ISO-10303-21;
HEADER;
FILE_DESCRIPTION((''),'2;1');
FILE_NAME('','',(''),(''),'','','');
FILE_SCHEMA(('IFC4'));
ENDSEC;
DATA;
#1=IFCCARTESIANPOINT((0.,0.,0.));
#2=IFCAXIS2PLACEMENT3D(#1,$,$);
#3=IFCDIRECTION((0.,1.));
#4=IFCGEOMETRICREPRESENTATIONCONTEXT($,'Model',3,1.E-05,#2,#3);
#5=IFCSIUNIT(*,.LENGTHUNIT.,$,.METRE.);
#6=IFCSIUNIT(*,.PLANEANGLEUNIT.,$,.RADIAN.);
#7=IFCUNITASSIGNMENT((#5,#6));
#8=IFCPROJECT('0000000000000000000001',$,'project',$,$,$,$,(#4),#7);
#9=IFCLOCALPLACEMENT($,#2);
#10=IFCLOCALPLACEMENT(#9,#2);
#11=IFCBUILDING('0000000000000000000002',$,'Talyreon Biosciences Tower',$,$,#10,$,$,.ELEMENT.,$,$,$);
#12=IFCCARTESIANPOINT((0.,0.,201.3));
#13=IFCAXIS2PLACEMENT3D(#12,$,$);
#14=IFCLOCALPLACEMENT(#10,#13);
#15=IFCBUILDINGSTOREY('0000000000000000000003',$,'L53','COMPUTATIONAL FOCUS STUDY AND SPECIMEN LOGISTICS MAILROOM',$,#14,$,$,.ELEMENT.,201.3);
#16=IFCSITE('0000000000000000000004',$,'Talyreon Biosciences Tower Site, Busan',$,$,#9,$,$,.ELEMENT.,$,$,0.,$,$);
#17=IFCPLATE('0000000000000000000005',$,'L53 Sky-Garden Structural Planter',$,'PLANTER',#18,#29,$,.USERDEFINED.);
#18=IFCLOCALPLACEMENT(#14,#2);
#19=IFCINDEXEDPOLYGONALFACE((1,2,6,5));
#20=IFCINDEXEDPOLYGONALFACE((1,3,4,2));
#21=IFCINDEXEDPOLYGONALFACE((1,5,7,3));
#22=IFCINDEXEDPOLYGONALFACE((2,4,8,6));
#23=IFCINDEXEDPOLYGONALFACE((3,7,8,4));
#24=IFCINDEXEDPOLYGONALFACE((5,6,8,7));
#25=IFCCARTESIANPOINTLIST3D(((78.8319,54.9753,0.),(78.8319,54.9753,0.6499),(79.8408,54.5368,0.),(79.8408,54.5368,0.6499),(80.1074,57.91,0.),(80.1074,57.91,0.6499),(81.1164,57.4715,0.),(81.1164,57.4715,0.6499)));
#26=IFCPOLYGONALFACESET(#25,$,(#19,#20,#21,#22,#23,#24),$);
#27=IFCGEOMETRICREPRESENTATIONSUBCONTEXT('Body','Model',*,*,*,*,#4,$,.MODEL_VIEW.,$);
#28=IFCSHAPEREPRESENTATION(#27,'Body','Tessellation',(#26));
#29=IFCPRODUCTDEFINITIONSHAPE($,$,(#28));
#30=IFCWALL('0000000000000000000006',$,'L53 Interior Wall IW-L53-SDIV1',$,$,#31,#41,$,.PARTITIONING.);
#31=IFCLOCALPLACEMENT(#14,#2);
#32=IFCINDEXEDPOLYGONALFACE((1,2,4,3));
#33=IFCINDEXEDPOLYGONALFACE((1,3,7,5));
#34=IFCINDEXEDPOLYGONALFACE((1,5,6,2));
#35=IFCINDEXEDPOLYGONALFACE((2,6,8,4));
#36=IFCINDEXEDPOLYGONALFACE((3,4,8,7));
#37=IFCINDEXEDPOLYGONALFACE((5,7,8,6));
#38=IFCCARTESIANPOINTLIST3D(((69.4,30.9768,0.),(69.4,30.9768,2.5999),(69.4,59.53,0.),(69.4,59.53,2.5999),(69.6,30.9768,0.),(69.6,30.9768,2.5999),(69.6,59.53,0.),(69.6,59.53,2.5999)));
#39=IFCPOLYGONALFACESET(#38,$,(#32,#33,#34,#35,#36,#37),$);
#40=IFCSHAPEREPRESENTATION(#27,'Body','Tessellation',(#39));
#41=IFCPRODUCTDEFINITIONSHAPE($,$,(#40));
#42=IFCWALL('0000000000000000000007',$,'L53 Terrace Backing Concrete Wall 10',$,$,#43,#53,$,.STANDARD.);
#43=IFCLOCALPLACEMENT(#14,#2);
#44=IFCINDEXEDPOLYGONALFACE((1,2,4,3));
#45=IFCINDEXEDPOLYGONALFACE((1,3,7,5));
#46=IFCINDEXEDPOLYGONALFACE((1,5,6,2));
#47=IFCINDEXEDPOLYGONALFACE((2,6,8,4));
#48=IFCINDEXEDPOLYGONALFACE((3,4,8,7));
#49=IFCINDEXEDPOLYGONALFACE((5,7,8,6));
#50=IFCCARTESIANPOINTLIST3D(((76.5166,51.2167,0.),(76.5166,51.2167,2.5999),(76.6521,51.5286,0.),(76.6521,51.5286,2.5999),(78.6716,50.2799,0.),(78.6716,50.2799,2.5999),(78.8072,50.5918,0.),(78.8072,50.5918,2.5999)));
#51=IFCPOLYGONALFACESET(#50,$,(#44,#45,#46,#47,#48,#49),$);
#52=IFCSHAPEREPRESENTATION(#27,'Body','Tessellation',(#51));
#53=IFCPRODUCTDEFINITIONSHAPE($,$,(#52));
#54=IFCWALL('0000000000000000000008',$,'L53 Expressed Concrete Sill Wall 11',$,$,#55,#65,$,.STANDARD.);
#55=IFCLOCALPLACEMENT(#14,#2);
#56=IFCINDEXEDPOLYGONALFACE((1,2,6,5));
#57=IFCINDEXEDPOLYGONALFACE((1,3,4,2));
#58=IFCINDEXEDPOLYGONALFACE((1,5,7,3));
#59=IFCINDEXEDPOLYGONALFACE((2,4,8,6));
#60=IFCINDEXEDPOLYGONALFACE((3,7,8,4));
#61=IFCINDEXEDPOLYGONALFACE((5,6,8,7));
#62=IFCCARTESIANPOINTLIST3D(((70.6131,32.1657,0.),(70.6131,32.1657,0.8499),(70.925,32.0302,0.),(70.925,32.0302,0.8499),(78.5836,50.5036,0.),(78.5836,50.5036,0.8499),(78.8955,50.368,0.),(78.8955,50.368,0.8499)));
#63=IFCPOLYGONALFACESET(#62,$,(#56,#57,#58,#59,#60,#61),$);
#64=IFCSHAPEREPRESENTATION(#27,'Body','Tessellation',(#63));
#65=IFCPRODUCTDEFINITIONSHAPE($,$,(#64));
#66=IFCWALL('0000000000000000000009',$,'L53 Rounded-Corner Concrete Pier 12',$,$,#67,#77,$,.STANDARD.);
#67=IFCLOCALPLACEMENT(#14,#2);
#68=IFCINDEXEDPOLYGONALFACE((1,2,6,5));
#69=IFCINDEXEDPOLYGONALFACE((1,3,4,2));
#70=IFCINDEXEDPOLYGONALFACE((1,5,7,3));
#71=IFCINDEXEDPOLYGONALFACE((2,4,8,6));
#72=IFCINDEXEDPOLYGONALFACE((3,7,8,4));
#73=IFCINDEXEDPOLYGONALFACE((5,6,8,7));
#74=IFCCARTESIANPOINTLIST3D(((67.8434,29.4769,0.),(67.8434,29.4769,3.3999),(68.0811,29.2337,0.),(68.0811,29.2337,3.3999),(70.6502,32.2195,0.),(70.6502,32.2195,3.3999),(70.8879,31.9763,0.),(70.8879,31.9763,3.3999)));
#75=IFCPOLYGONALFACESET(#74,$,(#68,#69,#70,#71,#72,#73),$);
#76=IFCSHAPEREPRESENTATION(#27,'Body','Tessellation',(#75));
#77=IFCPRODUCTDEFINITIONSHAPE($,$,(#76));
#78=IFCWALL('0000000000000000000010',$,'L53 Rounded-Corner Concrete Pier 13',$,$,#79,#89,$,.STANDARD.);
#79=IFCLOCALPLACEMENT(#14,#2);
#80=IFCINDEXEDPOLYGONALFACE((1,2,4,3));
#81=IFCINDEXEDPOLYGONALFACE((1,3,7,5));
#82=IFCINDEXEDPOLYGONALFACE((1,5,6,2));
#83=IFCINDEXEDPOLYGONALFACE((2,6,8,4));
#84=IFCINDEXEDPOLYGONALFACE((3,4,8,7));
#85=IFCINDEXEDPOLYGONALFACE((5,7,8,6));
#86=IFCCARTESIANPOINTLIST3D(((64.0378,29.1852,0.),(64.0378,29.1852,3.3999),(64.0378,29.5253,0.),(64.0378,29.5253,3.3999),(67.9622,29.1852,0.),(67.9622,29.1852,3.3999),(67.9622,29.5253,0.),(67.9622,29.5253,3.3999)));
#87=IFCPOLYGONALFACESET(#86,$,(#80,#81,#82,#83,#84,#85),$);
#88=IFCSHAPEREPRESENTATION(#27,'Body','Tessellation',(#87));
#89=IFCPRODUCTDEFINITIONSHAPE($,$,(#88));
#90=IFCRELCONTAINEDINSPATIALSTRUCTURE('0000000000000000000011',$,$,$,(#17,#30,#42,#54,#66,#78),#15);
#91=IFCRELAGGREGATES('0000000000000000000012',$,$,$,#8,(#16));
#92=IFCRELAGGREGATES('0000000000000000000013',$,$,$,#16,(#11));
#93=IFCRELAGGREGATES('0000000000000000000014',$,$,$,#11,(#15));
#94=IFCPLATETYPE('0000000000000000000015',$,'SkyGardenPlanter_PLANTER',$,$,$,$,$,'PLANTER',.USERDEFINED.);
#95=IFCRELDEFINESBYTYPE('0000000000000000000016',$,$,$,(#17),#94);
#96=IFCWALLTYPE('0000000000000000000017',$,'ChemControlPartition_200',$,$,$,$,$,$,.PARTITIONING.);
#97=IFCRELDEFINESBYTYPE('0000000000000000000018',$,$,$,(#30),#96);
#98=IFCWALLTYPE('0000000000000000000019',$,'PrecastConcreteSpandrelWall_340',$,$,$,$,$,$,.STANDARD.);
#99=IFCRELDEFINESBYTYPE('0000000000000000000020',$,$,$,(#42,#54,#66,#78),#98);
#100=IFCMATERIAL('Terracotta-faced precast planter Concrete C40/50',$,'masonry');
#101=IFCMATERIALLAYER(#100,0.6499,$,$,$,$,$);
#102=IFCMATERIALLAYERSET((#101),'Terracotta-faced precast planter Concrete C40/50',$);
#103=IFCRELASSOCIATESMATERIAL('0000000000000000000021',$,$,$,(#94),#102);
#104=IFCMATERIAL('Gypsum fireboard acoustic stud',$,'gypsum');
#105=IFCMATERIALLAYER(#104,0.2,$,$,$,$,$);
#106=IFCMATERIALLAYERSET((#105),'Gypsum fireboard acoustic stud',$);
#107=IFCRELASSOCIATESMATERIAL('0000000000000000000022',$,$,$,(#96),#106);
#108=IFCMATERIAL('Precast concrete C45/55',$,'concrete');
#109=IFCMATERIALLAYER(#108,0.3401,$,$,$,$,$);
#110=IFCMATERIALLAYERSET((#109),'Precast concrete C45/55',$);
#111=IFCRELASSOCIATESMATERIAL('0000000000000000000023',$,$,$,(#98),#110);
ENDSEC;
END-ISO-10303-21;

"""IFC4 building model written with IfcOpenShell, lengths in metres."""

from ifc_helpers import new_model, si_unit, direction, frame, frame_2d, origin, origin_2d, place, context, subcontext, project, spatial, rectangle, extrude, material, layer, layer_set, type_object, element, save


model = new_model("IFC4")

# Units and contexts
model_context = context("Model", 3, precision=1e-05, world=origin(), true_north=direction((0.0, 1.0)))
body_context = subcontext(model_context, "Body", "Model", "MODEL_VIEW")
ifc_project = project(units=[si_unit("LENGTHUNIT", "METRE"), si_unit("PLANEANGLEUNIT", "RADIAN")], contexts=[model_context])

# Site, building, storey
site_placement = place(None, origin())
site = spatial("IfcSite", under=ifc_project, at=site_placement, Name="Talyreon Biosciences Tower Site, Busan", CompositionType="ELEMENT", RefElevation=0.0)
building_placement = place(site_placement, origin())
building = spatial("IfcBuilding", under=site, at=building_placement, Name="Talyreon Biosciences Tower", CompositionType="ELEMENT")
storey_placement = place(building_placement, frame((0.0, 0.0, 201.3)))
storey = spatial("IfcBuildingStorey", under=building, at=storey_placement, Name="L53", Description="COMPUTATIONAL FOCUS STUDY AND SPECIMEN LOGISTICS MAILROOM", CompositionType="ELEMENT", Elevation=201.3)

# Shared definitions
ifc_material_1 = material(Name="Precast concrete C45/55", Category="concrete")

# Plate
ifc_material_2 = material(Name="Terracotta-faced precast planter Concrete C40/50", Category="masonry")
ifc_layer_1 = layer(ifc_material_2, 0.6499)
ifc_layer_set_1 = layer_set([ifc_layer_1], Name="Terracotta-faced precast planter Concrete C40/50")
plate_type_1 = type_object("IfcPlateType", Name="SkyGardenPlanter_PLANTER", ElementType="PLANTER", PredefinedType="USERDEFINED", material=ifc_layer_set_1)
plate_1_placement = place(storey_placement, frame((79.9741, 56.2234, 0.0), z_axis=(0.0, 0.0, 1.0), x_axis=(0.398621, 0.917116, 0.0)))
element("IfcPlate", 1, at=plate_1_placement, inside=storey, type_object=plate_type_1, Name="L53 Sky-Garden Structural Planter", ObjectType="PLANTER", PredefinedType="USERDEFINED", context=body_context, shape_type="SweptSolid", body=[
    extrude(rectangle(XDim=3.2, YDim=1.1001, at=origin_2d()), origin(), (0.0, 0.0, 1.0), 0.6499),
])

# Walls
ifc_material_3 = material(Name="Gypsum fireboard acoustic stud", Category="gypsum")
ifc_layer_2 = layer(ifc_material_3, 0.2)
ifc_layer_set_2 = layer_set([ifc_layer_2], Name="Gypsum fireboard acoustic stud")
wall_type_1 = type_object("IfcWallType", Name="ChemControlPartition_200", PredefinedType="PARTITIONING", material=ifc_layer_set_2)
wall_1_placement = place(storey_placement, frame((69.5, 30.9768, 0.0), z_axis=(0.0, 0.0, 1.0), x_axis=(0.0, 1.0, 0.0)))
element("IfcWall", 2, at=wall_1_placement, inside=storey, type_object=wall_type_1, Name="L53 Interior Wall IW-L53-SDIV1", PredefinedType="PARTITIONING", context=body_context, shape_type="SweptSolid", body=[
    extrude(rectangle(XDim=28.5532, YDim=0.2, at=frame_2d((14.2766, 0.0))), origin(), (0.0, 0.0, 1.0), 2.5999),
])
ifc_layer_3 = layer(ifc_material_1, 0.3401)
ifc_layer_set_3 = layer_set([ifc_layer_3], Name="Precast concrete C45/55")
wall_type_2 = type_object("IfcWallType", Name="PrecastConcreteSpandrelWall_340", PredefinedType="STANDARD", material=ifc_layer_set_3)
wall_2_placement = place(storey_placement, frame((76.5845, 51.3726, 0.0), z_axis=(0.0, 0.0, 1.0), x_axis=(0.917101, -0.398654, 0.0)))
element("IfcWall", 3, at=wall_2_placement, inside=storey, type_object=wall_type_2, Name="L53 Terrace Backing Concrete Wall 10", PredefinedType="STANDARD", context=body_context, shape_type="SweptSolid", body=[
    extrude(rectangle(XDim=2.3499, YDim=0.3401, at=frame_2d((1.1748, 0.0))), origin(), (0.0, 0.0, 1.0), 2.5999),
])
wall_3_placement = place(storey_placement, frame((78.7395, 50.4358, 0.0), z_axis=(0.0, 0.0, 1.0), x_axis=(-0.398619, -0.917116, 0.0)))
element("IfcWall", 4, at=wall_3_placement, inside=storey, type_object=wall_type_2, Name="L53 Expressed Concrete Sill Wall 11", PredefinedType="STANDARD", context=body_context, shape_type="SweptSolid", body=[
    extrude(rectangle(XDim=19.9951, YDim=0.3401, at=frame_2d((9.9976, 0.0))), origin(), (0.0, 0.0, 1.0), 0.8499),
])
for number, where, z_axis, x_axis, name in (
    (5, (70.769, 32.0979, 0.0), (0.0, 0.0, 1.0), (-0.71524, -0.698879, 0.0), "L53 Rounded-Corner Concrete Pier 12"),
    (6, (67.9622, 29.3552, 0.0), (0.0, 0.0, 1.0), (-1.0, 0.0, 0.0), "L53 Rounded-Corner Concrete Pier 13"),
):
    element("IfcWall", number, at=place(storey_placement, frame(where, z_axis=z_axis, x_axis=x_axis)), inside=storey, type_object=wall_type_2, Name=name, PredefinedType="STANDARD", context=body_context, shape_type="SweptSolid", body=[
        extrude(rectangle(XDim=3.9243, YDim=0.3401, at=frame_2d((1.9622, 0.0))), origin(), (0.0, 0.0, 1.0), 3.3999),
    ])

save(model, "model.ifc")
